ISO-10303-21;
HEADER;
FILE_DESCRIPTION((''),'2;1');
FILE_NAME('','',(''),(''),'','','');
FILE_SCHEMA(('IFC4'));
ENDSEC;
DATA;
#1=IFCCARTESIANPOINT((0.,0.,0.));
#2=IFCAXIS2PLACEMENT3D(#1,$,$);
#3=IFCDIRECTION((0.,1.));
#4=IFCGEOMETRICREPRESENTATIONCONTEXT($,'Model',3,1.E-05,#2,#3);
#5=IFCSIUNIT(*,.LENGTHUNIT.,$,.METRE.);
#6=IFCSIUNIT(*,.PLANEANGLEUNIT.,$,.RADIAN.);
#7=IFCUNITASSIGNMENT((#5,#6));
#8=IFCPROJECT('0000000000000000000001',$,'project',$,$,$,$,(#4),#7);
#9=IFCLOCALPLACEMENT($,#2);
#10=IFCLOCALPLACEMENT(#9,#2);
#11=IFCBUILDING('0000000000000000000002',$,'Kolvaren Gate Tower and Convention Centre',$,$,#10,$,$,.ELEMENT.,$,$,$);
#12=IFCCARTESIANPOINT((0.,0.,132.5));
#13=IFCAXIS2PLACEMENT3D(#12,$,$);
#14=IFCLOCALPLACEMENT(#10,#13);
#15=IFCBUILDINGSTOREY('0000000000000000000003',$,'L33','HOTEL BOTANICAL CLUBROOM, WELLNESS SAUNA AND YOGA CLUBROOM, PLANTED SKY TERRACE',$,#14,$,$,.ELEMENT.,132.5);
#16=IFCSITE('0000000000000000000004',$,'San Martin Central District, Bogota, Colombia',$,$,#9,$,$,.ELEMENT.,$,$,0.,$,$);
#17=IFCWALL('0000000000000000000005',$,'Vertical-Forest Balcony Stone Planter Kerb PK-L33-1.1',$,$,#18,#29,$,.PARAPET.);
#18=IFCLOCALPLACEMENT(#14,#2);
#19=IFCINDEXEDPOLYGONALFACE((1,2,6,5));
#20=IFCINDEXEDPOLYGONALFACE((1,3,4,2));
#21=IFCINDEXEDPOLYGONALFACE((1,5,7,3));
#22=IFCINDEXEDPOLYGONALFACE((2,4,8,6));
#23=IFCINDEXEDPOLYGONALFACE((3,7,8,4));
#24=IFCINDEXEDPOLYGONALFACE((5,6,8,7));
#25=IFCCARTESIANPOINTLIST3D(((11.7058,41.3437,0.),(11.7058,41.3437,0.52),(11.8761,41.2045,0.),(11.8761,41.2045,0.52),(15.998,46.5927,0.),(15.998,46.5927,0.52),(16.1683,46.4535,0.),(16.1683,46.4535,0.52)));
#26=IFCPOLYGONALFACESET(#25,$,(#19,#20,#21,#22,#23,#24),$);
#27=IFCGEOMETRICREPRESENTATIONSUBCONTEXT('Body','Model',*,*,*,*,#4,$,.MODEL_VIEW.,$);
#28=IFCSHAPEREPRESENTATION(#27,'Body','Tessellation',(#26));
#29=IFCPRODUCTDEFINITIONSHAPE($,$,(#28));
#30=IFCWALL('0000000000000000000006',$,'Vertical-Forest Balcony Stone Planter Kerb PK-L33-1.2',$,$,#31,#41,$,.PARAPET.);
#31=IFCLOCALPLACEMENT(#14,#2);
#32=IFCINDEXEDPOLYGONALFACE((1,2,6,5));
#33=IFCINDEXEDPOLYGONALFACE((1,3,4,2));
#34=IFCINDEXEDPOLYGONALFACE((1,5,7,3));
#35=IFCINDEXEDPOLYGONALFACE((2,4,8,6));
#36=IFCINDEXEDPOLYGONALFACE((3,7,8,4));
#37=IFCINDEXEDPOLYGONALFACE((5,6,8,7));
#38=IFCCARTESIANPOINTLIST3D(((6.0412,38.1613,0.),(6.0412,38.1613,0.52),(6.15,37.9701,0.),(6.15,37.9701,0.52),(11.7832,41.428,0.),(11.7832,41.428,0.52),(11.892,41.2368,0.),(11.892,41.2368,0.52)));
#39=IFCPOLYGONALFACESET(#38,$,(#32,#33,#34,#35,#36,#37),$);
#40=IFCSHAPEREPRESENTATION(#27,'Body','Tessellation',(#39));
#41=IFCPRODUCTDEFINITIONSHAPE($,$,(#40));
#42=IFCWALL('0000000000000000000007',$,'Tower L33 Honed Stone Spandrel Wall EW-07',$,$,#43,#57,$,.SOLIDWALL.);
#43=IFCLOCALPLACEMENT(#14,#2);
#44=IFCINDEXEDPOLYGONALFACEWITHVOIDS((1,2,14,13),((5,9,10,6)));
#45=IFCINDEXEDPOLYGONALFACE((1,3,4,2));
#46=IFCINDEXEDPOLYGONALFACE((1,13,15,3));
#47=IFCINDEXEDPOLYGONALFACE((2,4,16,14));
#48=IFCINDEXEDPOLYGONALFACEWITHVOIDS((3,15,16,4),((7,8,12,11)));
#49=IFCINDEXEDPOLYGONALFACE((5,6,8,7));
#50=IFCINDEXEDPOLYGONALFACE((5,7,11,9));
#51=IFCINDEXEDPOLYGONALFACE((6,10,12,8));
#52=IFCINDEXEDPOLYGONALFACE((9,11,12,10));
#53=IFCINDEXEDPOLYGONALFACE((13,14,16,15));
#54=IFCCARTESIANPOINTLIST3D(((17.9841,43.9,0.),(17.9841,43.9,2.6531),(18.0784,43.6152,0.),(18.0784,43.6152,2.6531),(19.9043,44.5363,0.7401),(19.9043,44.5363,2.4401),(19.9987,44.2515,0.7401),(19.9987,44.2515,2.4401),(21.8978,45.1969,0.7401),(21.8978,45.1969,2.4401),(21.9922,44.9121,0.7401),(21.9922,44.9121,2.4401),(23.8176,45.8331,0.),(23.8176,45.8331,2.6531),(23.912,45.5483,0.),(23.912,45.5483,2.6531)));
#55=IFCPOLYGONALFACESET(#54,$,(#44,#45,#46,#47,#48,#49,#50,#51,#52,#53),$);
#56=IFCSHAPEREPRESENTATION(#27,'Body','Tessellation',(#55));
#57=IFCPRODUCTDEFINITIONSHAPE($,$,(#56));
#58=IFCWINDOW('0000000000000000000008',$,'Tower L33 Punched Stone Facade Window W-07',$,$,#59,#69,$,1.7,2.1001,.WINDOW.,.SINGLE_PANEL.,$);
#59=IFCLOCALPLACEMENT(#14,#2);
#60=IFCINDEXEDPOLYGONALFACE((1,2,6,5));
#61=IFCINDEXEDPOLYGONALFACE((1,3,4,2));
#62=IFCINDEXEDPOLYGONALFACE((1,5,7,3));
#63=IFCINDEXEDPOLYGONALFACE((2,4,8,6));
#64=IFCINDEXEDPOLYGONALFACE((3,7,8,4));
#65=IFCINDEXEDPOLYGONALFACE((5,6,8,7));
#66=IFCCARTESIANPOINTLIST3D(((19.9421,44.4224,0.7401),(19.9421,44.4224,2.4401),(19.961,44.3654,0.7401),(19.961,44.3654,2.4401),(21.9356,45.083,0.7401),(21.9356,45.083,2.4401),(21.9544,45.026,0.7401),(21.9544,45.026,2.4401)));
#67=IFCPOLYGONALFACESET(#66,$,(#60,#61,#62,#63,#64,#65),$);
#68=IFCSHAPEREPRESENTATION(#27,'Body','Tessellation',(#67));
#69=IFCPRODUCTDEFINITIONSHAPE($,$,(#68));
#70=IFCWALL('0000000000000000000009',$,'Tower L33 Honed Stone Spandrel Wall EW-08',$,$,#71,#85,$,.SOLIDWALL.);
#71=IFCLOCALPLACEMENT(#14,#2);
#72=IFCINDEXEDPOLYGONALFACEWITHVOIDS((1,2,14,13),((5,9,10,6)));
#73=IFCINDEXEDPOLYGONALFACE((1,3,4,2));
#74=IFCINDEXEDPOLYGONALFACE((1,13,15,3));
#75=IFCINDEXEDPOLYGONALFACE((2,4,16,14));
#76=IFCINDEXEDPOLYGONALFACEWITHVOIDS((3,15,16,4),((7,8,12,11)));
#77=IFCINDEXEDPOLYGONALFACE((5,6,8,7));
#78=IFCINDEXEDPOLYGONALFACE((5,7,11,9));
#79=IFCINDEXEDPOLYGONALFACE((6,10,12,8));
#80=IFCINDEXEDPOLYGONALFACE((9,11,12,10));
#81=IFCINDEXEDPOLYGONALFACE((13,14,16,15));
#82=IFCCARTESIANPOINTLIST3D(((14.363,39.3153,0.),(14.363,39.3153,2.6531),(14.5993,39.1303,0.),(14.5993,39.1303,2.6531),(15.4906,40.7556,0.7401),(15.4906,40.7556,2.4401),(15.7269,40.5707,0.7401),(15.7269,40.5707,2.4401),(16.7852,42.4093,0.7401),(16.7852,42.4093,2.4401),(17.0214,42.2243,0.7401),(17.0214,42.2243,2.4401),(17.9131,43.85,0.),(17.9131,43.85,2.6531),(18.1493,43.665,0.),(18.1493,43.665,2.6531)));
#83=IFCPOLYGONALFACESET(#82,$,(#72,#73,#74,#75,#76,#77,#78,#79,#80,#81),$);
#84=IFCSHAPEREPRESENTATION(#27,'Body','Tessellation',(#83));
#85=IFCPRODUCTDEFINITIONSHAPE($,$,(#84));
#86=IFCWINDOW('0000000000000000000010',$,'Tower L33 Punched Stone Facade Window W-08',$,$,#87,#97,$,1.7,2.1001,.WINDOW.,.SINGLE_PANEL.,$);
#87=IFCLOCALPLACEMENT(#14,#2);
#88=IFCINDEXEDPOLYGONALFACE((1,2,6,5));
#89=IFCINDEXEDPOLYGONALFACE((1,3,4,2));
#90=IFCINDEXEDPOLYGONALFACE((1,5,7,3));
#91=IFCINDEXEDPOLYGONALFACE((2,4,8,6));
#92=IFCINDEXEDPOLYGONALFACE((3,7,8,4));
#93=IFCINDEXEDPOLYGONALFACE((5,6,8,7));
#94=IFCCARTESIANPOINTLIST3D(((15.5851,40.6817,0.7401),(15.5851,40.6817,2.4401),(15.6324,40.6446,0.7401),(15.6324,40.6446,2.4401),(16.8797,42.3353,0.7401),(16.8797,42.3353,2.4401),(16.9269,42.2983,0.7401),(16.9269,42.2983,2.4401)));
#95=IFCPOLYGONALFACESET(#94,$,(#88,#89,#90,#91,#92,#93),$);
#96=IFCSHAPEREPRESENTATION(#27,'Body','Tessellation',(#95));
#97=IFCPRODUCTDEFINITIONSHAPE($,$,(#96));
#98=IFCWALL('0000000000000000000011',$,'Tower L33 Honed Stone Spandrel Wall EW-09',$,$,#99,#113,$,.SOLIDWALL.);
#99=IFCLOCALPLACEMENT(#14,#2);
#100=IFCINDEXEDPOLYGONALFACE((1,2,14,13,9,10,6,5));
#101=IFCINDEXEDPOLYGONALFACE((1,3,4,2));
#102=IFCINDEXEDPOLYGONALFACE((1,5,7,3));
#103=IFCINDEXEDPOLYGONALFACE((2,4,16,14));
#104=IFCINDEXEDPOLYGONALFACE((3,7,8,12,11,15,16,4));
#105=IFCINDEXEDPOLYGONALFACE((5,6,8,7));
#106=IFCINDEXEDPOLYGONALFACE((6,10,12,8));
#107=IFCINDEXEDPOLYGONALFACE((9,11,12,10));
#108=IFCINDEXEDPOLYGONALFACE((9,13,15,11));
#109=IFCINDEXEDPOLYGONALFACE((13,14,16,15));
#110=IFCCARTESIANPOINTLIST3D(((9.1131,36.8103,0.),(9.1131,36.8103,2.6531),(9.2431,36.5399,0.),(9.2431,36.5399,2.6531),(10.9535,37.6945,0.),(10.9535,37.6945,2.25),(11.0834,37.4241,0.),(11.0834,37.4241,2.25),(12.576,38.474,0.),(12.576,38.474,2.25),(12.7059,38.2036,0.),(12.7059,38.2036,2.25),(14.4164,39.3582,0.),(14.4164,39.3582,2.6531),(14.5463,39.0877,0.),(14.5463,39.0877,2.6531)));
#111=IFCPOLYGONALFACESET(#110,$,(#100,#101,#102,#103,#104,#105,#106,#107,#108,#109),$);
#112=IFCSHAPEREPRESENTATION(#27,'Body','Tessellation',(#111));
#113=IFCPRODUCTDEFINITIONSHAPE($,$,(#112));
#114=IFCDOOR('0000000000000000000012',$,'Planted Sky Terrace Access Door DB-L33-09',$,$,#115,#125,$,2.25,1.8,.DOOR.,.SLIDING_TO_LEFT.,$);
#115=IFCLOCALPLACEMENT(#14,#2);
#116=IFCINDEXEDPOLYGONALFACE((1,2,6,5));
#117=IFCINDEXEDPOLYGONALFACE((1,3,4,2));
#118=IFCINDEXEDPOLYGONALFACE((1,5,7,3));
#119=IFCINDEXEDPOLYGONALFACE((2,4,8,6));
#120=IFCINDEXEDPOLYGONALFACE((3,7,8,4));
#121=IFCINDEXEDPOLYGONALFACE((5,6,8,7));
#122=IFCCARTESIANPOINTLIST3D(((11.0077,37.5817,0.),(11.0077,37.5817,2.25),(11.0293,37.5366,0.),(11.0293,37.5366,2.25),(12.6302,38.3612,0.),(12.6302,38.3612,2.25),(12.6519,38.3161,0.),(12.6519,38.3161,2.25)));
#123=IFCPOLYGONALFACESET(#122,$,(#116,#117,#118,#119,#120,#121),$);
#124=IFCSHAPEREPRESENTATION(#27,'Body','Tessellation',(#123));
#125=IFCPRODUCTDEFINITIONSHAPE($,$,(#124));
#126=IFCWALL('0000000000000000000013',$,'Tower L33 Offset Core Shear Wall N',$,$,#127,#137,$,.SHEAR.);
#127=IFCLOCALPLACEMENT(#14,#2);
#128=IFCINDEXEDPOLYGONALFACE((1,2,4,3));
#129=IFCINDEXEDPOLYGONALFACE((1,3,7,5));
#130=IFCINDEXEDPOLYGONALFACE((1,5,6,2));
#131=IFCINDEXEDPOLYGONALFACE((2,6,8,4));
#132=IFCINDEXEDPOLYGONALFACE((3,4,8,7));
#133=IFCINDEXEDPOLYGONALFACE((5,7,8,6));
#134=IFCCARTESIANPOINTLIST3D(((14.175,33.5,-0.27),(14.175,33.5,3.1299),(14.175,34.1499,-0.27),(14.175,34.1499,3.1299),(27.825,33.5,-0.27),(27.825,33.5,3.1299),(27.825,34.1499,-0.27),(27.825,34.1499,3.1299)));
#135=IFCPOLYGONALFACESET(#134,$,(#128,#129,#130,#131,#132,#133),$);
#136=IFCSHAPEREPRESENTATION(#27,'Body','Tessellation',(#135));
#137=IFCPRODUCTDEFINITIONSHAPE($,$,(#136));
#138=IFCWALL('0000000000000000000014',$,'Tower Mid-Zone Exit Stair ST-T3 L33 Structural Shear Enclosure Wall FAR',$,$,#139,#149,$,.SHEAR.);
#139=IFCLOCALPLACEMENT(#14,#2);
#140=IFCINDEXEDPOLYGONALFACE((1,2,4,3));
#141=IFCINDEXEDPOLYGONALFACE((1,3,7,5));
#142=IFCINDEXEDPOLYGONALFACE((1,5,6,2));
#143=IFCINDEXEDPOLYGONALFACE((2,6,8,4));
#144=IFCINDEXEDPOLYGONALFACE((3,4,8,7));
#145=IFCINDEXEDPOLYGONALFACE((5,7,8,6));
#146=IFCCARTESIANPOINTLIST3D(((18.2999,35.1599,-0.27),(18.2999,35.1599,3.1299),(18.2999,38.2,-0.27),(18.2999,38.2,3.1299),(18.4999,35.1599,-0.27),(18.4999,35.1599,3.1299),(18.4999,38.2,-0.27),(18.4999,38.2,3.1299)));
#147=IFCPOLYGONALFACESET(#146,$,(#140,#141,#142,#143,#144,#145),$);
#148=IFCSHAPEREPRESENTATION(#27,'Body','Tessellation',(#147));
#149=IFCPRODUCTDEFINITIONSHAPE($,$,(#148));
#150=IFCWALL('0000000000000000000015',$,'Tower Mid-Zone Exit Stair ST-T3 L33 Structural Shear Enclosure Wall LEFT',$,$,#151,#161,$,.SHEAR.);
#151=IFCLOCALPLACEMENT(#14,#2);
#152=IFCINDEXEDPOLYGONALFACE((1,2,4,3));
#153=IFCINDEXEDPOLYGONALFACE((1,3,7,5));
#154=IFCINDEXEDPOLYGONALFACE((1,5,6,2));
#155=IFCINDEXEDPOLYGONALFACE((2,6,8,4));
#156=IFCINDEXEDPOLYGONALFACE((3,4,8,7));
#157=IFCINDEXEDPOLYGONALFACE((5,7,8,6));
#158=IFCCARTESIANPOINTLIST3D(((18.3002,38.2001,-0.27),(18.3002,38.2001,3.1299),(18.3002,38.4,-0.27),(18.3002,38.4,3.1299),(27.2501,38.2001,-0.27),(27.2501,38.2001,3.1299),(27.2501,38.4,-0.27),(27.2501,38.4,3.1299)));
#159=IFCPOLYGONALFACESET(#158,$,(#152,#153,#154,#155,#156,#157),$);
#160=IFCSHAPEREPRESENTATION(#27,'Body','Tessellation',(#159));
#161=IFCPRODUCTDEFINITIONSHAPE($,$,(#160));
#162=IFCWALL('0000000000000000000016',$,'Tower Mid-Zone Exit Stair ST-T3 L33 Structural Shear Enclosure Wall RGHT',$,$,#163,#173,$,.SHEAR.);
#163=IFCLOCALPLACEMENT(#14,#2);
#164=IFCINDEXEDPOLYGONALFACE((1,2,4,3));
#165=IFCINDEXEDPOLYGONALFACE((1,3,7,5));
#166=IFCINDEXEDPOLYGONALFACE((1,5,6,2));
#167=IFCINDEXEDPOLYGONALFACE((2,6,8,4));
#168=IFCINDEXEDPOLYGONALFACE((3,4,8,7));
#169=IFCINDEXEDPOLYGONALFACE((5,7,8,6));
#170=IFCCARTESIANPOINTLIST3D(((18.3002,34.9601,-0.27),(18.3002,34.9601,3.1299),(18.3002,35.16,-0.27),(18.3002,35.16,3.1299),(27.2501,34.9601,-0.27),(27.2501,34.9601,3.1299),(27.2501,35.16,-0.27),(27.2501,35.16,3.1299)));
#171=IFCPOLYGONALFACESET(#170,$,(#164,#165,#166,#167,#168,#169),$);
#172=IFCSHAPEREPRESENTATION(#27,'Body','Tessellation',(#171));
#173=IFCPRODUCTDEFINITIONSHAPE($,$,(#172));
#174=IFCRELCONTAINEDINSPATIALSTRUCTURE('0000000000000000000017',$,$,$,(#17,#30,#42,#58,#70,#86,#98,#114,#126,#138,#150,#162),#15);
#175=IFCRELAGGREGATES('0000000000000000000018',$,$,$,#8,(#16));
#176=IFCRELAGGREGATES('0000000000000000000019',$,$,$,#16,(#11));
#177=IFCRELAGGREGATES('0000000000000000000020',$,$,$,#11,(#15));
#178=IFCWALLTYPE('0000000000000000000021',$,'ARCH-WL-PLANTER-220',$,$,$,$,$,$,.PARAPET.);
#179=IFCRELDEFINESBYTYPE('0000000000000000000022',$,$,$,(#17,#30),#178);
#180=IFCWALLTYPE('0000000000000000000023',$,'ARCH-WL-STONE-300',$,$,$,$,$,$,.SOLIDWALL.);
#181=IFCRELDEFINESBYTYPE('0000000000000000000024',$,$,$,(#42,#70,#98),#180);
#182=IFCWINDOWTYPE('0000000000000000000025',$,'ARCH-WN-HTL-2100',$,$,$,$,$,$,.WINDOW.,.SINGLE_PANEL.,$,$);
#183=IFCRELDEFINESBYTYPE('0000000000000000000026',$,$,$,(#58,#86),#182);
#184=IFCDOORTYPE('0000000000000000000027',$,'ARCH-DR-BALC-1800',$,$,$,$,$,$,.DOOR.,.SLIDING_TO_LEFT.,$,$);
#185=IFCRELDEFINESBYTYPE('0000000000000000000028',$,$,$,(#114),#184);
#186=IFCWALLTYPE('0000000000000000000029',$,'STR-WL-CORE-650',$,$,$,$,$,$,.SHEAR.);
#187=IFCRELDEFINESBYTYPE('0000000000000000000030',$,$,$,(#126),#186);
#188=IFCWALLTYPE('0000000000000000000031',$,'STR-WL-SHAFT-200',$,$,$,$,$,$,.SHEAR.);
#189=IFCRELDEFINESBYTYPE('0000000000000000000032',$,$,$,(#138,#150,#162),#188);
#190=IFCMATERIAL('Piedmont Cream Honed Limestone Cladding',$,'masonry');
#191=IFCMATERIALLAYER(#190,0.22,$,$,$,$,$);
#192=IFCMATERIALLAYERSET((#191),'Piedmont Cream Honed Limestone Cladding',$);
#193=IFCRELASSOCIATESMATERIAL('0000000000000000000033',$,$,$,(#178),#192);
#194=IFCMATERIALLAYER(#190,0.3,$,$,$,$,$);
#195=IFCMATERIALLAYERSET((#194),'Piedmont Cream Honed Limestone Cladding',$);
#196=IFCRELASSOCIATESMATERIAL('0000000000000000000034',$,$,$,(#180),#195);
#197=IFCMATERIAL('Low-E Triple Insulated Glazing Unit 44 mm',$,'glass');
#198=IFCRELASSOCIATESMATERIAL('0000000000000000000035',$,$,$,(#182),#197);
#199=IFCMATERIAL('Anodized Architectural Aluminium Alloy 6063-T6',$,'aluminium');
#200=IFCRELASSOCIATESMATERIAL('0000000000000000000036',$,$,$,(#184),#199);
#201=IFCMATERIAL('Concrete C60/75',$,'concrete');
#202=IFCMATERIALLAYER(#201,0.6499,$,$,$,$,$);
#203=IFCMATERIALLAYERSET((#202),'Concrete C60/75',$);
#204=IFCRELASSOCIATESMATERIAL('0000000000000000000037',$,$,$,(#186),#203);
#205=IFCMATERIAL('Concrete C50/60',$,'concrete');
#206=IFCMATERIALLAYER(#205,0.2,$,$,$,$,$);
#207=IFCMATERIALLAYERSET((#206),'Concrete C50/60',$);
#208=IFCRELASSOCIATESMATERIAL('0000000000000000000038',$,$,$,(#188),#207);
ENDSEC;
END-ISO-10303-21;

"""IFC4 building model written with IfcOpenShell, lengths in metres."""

from ifc_helpers import new_model, si_unit, direction, frame, frame_2d, origin, place, context, subcontext, project, spatial, rectangle, extrude, material, layer, layer_set, type_object, element, fill, save


model = new_model("IFC4")

# Units and contexts
model_context = context("Model", 3, precision=1e-05, world=origin(), true_north=direction((0.0, 1.0)))
body_context = subcontext(model_context, "Body", "Model", "MODEL_VIEW")
ifc_project = project(units=[si_unit("LENGTHUNIT", "METRE"), si_unit("PLANEANGLEUNIT", "RADIAN")], contexts=[model_context])

# Site, building, storey
site_placement = place(None, origin())
site = spatial("IfcSite", under=ifc_project, at=site_placement, Name="San Martin Central District, Bogota, Colombia", CompositionType="ELEMENT", RefElevation=0.0)
building_placement = place(site_placement, origin())
building = spatial("IfcBuilding", under=site, at=building_placement, Name="Kolvaren Gate Tower and Convention Centre", CompositionType="ELEMENT")
storey_placement = place(building_placement, frame((0.0, 0.0, 132.5)))
storey = spatial("IfcBuildingStorey", under=building, at=storey_placement, Name="L33", Description="HOTEL BOTANICAL CLUBROOM, WELLNESS SAUNA AND YOGA CLUBROOM, PLANTED SKY TERRACE", CompositionType="ELEMENT", Elevation=132.5)

# Shared definitions
ifc_material_1 = material(Name="Concrete C60/75", Category="concrete")

# Walls
ifc_material_2 = material(Name="Piedmont Cream Honed Limestone Cladding", Category="masonry")
ifc_layer_1 = layer(ifc_material_2, 0.22)
ifc_layer_set_1 = layer_set([ifc_layer_1], Name="Piedmont Cream Honed Limestone Cladding")
wall_type_1 = type_object("IfcWallType", Name="ARCH-WL-PLANTER-220", PredefinedType="PARAPET", material=ifc_layer_set_1)
wall_1_placement = place(storey_placement, frame((11.791, 41.2742, 0.0), z_axis=(0.0, 0.0, 1.0), x_axis=(0.633024, 0.774132, 0.0)))
element("IfcWall", 1, at=wall_1_placement, inside=storey, type_object=wall_type_1, Name="Vertical-Forest Balcony Stone Planter Kerb PK-L33-1.1", PredefinedType="PARAPET", context=body_context, shape_type="SweptSolid", body=[
    extrude(rectangle(XDim=6.7805, YDim=0.22, at=frame_2d((3.3901, 0.0))), origin(), (0.0, 0.0, 1.0), 0.52),
])
wall_2_placement = place(storey_placement, frame((6.0955, 38.0657, 0.0), z_axis=(0.0, 0.0, 1.0), x_axis=(0.869188, 0.494482, 0.0)))
element("IfcWall", 2, at=wall_2_placement, inside=storey, type_object=wall_type_1, Name="Vertical-Forest Balcony Stone Planter Kerb PK-L33-1.2", PredefinedType="PARAPET", context=body_context, shape_type="SweptSolid", body=[
    extrude(rectangle(XDim=6.6062, YDim=0.22, at=frame_2d((3.3032, 0.0))), origin(), (0.0, 0.0, 1.0), 0.52),
])

# Walls, openings, windows
ifc_layer_2 = layer(ifc_material_2, 0.3)
ifc_layer_set_2 = layer_set([ifc_layer_2], Name="Piedmont Cream Honed Limestone Cladding")
wall_type_2 = type_object("IfcWallType", Name="ARCH-WL-STONE-300", PredefinedType="SOLIDWALL", material=ifc_layer_set_2)
wall_3_placement = place(storey_placement, frame((18.0312, 43.7576, 0.0), z_axis=(0.0, 0.0, 1.0), x_axis=(0.949238, 0.314559, 0.0)))
wall_3 = element("IfcWall", 3, at=wall_3_placement, inside=storey, type_object=wall_type_2, Name="Tower L33 Honed Stone Spandrel Wall EW-07", PredefinedType="SOLIDWALL", context=body_context, shape_type="SweptSolid", body=[
    extrude(rectangle(XDim=6.1455, YDim=0.3, at=frame_2d((3.0728, 0.0))), origin(), (0.0, 0.0, 1.0), 2.6531),
])
opening_1_placement = place(wall_3_placement, frame((2.0229, 0.0, 0.74)))
opening_1 = element("IfcOpeningElement", 4, at=opening_1_placement, cuts=wall_3, PredefinedType="OPENING", context=body_context, shape_type="SweptSolid", body=[
    extrude(rectangle(XDim=2.1001, YDim=1.7, at=frame_2d((1.05, 0.8501))), frame((0.0, 0.1599, 0.0), z_axis=(0.0, -1.0, 0.0), x_axis=(1.0, 0.0, 0.0)), (0.0, 0.0, 1.0), 0.3201),
])
ifc_material_3 = material(Name="Low-E Triple Insulated Glazing Unit 44 mm", Category="glass")
window_type = type_object("IfcWindowType", Name="ARCH-WN-HTL-2100", PartitioningType="SINGLE_PANEL", PredefinedType="WINDOW", material=ifc_material_3)
window_1_placement = place(opening_1_placement, origin())
window_1 = element("IfcWindow", 5, at=window_1_placement, inside=storey, type_object=window_type, Name="Tower L33 Punched Stone Facade Window W-07", OverallHeight=1.7, OverallWidth=2.1001, PartitioningType="SINGLE_PANEL", PredefinedType="WINDOW", context=body_context, shape_type="SweptSolid", body=[
    extrude(rectangle(XDim=2.1001, YDim=1.7, at=frame_2d((1.05, 0.8501))), frame((0.0, 0.03, 0.0), z_axis=(0.0, -1.0, 0.0), x_axis=(1.0, 0.0, 0.0)), (0.0, 0.0, 1.0), 0.0601),
])
fill(opening_1, window_1)
wall_4_placement = place(storey_placement, frame((14.4812, 39.2229, 0.0), z_axis=(0.0, 0.0, 1.0), x_axis=(0.616435, 0.787406, 0.0)))
wall_4 = element("IfcWall", 6, at=wall_4_placement, inside=storey, type_object=wall_type_2, Name="Tower L33 Honed Stone Spandrel Wall EW-08", PredefinedType="SOLIDWALL", context=body_context, shape_type="SweptSolid", body=[
    extrude(rectangle(XDim=5.759, YDim=0.3, at=frame_2d((2.8794, 0.0))), origin(), (0.0, 0.0, 1.0), 2.6531),
])
opening_2_placement = place(wall_4_placement, frame((1.8291, 0.0, 0.74)))
opening_2 = element("IfcOpeningElement", 7, at=opening_2_placement, cuts=wall_4, PredefinedType="OPENING", context=body_context, shape_type="SweptSolid", body=[
    extrude(rectangle(XDim=2.1001, YDim=1.7, at=frame_2d((1.05, 0.8501))), frame((0.0, 0.1599, 0.0), z_axis=(0.0, -1.0, 0.0), x_axis=(1.0, 0.0, 0.0)), (0.0, 0.0, 1.0), 0.3201),
])
window_2_placement = place(opening_2_placement, origin())
window_2 = element("IfcWindow", 8, at=window_2_placement, inside=storey, type_object=window_type, Name="Tower L33 Punched Stone Facade Window W-08", OverallHeight=1.7, OverallWidth=2.1001, PartitioningType="SINGLE_PANEL", PredefinedType="WINDOW", context=body_context, shape_type="SweptSolid", body=[
    extrude(rectangle(XDim=2.1001, YDim=1.7, at=frame_2d((1.05, 0.8501))), frame((0.0, 0.03, 0.0), z_axis=(0.0, -1.0, 0.0), x_axis=(1.0, 0.0, 0.0)), (0.0, 0.0, 1.0), 0.0601),
])
fill(opening_2, window_2)

# Wall, opening, door
wall_5_placement = place(storey_placement, frame((9.178, 36.675, 0.0), z_axis=(0.0, 0.0, 1.0), x_axis=(0.90137, 0.433049, 0.0)))
wall_5 = element("IfcWall", 9, at=wall_5_placement, inside=storey, type_object=wall_type_2, Name="Tower L33 Honed Stone Spandrel Wall EW-09", PredefinedType="SOLIDWALL", context=body_context, shape_type="SweptSolid", body=[
    extrude(rectangle(XDim=5.8835, YDim=0.3, at=frame_2d((2.9419, 0.0))), origin(), (0.0, 0.0, 1.0), 2.6531),
])
opening_3_placement = place(wall_5_placement, frame((2.042, 0.0, 0.0)))
opening_3 = element("IfcOpeningElement", 10, at=opening_3_placement, cuts=wall_5, PredefinedType="OPENING", context=body_context, shape_type="SweptSolid", body=[
    extrude(rectangle(XDim=1.8, YDim=2.25, at=frame_2d((0.8999, 1.125))), frame((0.0, 0.1599, 0.0), z_axis=(0.0, -1.0, 0.0), x_axis=(1.0, 0.0, 0.0)), (0.0, 0.0, 1.0), 0.3201),
])
ifc_material_4 = material(Name="Anodized Architectural Aluminium Alloy 6063-T6", Category="aluminium")
door_type = type_object("IfcDoorType", Name="ARCH-DR-BALC-1800", OperationType="SLIDING_TO_LEFT", PredefinedType="DOOR", material=ifc_material_4)
door_placement = place(opening_3_placement, origin())
door = element("IfcDoor", 11, at=door_placement, inside=storey, type_object=door_type, Name="Planted Sky Terrace Access Door DB-L33-09", OperationType="SLIDING_TO_LEFT", OverallHeight=2.25, OverallWidth=1.8, PredefinedType="DOOR", context=body_context, shape_type="SweptSolid", body=[
    extrude(rectangle(XDim=1.8, YDim=2.25, at=frame_2d((0.8999, 1.125))), frame((0.0, 0.0249, 0.0), z_axis=(0.0, -1.0, 0.0), x_axis=(1.0, 0.0, 0.0)), (0.0, 0.0, 1.0), 0.05),
])
fill(opening_3, door)

# Walls
ifc_layer_3 = layer(ifc_material_1, 0.6499)
ifc_layer_set_3 = layer_set([ifc_layer_3], Name="Concrete C60/75")
wall_type_3 = type_object("IfcWallType", Name="STR-WL-CORE-650", PredefinedType="SHEAR", material=ifc_layer_set_3)
wall_6_placement = place(storey_placement, frame((14.175, 33.825, -0.27), z_axis=(0.0, 0.0, 1.0), x_axis=(1.0, 0.0, 0.0)))
element("IfcWall", 12, at=wall_6_placement, inside=storey, type_object=wall_type_3, Name="Tower L33 Offset Core Shear Wall N", PredefinedType="SHEAR", context=body_context, shape_type="SweptSolid", body=[
    extrude(rectangle(XDim=13.6499, YDim=0.6499, at=frame_2d((6.825, 0.0))), origin(), (0.0, 0.0, 1.0), 3.3999),
])
ifc_material_5 = material(Name="Concrete C50/60", Category="concrete")
ifc_layer_4 = layer(ifc_material_5, 0.2)
ifc_layer_set_4 = layer_set([ifc_layer_4], Name="Concrete C50/60")
wall_type_4 = type_object("IfcWallType", Name="STR-WL-SHAFT-200", PredefinedType="SHEAR", material=ifc_layer_set_4)
wall_7_placement = place(storey_placement, frame((18.3999, 35.1599, -0.27), z_axis=(0.0, 0.0, 1.0), x_axis=(0.0, 1.0, 0.0)))
element("IfcWall", 13, at=wall_7_placement, inside=storey, type_object=wall_type_4, Name="Tower Mid-Zone Exit Stair ST-T3 L33 Structural Shear Enclosure Wall FAR", PredefinedType="SHEAR", context=body_context, shape_type="SweptSolid", body=[
    extrude(rectangle(XDim=3.04, YDim=0.2, at=frame_2d((1.52, 0.0))), origin(), (0.0, 0.0, 1.0), 3.3999),
])
for number, where, z_axis, x_axis, name in (
    (14, (18.3, 38.3, -0.27), (0.0, 0.0, 1.0), (1.0, 0.0, 0.0), "Tower Mid-Zone Exit Stair ST-T3 L33 Structural Shear Enclosure Wall LEFT"),
    (15, (18.3, 35.0601, -0.27), (0.0, 0.0, 1.0), (1.0, 0.0, 0.0), "Tower Mid-Zone Exit Stair ST-T3 L33 Structural Shear Enclosure Wall RGHT"),
):
    element("IfcWall", number, at=place(storey_placement, frame(where, z_axis=z_axis, x_axis=x_axis)), inside=storey, type_object=wall_type_4, Name=name, PredefinedType="SHEAR", context=body_context, shape_type="SweptSolid", body=[
        extrude(rectangle(XDim=8.95, YDim=0.2, at=frame_2d((4.4751, 0.0))), origin(), (0.0, 0.0, 1.0), 3.3999),
    ])

save(model, "model.ifc")
